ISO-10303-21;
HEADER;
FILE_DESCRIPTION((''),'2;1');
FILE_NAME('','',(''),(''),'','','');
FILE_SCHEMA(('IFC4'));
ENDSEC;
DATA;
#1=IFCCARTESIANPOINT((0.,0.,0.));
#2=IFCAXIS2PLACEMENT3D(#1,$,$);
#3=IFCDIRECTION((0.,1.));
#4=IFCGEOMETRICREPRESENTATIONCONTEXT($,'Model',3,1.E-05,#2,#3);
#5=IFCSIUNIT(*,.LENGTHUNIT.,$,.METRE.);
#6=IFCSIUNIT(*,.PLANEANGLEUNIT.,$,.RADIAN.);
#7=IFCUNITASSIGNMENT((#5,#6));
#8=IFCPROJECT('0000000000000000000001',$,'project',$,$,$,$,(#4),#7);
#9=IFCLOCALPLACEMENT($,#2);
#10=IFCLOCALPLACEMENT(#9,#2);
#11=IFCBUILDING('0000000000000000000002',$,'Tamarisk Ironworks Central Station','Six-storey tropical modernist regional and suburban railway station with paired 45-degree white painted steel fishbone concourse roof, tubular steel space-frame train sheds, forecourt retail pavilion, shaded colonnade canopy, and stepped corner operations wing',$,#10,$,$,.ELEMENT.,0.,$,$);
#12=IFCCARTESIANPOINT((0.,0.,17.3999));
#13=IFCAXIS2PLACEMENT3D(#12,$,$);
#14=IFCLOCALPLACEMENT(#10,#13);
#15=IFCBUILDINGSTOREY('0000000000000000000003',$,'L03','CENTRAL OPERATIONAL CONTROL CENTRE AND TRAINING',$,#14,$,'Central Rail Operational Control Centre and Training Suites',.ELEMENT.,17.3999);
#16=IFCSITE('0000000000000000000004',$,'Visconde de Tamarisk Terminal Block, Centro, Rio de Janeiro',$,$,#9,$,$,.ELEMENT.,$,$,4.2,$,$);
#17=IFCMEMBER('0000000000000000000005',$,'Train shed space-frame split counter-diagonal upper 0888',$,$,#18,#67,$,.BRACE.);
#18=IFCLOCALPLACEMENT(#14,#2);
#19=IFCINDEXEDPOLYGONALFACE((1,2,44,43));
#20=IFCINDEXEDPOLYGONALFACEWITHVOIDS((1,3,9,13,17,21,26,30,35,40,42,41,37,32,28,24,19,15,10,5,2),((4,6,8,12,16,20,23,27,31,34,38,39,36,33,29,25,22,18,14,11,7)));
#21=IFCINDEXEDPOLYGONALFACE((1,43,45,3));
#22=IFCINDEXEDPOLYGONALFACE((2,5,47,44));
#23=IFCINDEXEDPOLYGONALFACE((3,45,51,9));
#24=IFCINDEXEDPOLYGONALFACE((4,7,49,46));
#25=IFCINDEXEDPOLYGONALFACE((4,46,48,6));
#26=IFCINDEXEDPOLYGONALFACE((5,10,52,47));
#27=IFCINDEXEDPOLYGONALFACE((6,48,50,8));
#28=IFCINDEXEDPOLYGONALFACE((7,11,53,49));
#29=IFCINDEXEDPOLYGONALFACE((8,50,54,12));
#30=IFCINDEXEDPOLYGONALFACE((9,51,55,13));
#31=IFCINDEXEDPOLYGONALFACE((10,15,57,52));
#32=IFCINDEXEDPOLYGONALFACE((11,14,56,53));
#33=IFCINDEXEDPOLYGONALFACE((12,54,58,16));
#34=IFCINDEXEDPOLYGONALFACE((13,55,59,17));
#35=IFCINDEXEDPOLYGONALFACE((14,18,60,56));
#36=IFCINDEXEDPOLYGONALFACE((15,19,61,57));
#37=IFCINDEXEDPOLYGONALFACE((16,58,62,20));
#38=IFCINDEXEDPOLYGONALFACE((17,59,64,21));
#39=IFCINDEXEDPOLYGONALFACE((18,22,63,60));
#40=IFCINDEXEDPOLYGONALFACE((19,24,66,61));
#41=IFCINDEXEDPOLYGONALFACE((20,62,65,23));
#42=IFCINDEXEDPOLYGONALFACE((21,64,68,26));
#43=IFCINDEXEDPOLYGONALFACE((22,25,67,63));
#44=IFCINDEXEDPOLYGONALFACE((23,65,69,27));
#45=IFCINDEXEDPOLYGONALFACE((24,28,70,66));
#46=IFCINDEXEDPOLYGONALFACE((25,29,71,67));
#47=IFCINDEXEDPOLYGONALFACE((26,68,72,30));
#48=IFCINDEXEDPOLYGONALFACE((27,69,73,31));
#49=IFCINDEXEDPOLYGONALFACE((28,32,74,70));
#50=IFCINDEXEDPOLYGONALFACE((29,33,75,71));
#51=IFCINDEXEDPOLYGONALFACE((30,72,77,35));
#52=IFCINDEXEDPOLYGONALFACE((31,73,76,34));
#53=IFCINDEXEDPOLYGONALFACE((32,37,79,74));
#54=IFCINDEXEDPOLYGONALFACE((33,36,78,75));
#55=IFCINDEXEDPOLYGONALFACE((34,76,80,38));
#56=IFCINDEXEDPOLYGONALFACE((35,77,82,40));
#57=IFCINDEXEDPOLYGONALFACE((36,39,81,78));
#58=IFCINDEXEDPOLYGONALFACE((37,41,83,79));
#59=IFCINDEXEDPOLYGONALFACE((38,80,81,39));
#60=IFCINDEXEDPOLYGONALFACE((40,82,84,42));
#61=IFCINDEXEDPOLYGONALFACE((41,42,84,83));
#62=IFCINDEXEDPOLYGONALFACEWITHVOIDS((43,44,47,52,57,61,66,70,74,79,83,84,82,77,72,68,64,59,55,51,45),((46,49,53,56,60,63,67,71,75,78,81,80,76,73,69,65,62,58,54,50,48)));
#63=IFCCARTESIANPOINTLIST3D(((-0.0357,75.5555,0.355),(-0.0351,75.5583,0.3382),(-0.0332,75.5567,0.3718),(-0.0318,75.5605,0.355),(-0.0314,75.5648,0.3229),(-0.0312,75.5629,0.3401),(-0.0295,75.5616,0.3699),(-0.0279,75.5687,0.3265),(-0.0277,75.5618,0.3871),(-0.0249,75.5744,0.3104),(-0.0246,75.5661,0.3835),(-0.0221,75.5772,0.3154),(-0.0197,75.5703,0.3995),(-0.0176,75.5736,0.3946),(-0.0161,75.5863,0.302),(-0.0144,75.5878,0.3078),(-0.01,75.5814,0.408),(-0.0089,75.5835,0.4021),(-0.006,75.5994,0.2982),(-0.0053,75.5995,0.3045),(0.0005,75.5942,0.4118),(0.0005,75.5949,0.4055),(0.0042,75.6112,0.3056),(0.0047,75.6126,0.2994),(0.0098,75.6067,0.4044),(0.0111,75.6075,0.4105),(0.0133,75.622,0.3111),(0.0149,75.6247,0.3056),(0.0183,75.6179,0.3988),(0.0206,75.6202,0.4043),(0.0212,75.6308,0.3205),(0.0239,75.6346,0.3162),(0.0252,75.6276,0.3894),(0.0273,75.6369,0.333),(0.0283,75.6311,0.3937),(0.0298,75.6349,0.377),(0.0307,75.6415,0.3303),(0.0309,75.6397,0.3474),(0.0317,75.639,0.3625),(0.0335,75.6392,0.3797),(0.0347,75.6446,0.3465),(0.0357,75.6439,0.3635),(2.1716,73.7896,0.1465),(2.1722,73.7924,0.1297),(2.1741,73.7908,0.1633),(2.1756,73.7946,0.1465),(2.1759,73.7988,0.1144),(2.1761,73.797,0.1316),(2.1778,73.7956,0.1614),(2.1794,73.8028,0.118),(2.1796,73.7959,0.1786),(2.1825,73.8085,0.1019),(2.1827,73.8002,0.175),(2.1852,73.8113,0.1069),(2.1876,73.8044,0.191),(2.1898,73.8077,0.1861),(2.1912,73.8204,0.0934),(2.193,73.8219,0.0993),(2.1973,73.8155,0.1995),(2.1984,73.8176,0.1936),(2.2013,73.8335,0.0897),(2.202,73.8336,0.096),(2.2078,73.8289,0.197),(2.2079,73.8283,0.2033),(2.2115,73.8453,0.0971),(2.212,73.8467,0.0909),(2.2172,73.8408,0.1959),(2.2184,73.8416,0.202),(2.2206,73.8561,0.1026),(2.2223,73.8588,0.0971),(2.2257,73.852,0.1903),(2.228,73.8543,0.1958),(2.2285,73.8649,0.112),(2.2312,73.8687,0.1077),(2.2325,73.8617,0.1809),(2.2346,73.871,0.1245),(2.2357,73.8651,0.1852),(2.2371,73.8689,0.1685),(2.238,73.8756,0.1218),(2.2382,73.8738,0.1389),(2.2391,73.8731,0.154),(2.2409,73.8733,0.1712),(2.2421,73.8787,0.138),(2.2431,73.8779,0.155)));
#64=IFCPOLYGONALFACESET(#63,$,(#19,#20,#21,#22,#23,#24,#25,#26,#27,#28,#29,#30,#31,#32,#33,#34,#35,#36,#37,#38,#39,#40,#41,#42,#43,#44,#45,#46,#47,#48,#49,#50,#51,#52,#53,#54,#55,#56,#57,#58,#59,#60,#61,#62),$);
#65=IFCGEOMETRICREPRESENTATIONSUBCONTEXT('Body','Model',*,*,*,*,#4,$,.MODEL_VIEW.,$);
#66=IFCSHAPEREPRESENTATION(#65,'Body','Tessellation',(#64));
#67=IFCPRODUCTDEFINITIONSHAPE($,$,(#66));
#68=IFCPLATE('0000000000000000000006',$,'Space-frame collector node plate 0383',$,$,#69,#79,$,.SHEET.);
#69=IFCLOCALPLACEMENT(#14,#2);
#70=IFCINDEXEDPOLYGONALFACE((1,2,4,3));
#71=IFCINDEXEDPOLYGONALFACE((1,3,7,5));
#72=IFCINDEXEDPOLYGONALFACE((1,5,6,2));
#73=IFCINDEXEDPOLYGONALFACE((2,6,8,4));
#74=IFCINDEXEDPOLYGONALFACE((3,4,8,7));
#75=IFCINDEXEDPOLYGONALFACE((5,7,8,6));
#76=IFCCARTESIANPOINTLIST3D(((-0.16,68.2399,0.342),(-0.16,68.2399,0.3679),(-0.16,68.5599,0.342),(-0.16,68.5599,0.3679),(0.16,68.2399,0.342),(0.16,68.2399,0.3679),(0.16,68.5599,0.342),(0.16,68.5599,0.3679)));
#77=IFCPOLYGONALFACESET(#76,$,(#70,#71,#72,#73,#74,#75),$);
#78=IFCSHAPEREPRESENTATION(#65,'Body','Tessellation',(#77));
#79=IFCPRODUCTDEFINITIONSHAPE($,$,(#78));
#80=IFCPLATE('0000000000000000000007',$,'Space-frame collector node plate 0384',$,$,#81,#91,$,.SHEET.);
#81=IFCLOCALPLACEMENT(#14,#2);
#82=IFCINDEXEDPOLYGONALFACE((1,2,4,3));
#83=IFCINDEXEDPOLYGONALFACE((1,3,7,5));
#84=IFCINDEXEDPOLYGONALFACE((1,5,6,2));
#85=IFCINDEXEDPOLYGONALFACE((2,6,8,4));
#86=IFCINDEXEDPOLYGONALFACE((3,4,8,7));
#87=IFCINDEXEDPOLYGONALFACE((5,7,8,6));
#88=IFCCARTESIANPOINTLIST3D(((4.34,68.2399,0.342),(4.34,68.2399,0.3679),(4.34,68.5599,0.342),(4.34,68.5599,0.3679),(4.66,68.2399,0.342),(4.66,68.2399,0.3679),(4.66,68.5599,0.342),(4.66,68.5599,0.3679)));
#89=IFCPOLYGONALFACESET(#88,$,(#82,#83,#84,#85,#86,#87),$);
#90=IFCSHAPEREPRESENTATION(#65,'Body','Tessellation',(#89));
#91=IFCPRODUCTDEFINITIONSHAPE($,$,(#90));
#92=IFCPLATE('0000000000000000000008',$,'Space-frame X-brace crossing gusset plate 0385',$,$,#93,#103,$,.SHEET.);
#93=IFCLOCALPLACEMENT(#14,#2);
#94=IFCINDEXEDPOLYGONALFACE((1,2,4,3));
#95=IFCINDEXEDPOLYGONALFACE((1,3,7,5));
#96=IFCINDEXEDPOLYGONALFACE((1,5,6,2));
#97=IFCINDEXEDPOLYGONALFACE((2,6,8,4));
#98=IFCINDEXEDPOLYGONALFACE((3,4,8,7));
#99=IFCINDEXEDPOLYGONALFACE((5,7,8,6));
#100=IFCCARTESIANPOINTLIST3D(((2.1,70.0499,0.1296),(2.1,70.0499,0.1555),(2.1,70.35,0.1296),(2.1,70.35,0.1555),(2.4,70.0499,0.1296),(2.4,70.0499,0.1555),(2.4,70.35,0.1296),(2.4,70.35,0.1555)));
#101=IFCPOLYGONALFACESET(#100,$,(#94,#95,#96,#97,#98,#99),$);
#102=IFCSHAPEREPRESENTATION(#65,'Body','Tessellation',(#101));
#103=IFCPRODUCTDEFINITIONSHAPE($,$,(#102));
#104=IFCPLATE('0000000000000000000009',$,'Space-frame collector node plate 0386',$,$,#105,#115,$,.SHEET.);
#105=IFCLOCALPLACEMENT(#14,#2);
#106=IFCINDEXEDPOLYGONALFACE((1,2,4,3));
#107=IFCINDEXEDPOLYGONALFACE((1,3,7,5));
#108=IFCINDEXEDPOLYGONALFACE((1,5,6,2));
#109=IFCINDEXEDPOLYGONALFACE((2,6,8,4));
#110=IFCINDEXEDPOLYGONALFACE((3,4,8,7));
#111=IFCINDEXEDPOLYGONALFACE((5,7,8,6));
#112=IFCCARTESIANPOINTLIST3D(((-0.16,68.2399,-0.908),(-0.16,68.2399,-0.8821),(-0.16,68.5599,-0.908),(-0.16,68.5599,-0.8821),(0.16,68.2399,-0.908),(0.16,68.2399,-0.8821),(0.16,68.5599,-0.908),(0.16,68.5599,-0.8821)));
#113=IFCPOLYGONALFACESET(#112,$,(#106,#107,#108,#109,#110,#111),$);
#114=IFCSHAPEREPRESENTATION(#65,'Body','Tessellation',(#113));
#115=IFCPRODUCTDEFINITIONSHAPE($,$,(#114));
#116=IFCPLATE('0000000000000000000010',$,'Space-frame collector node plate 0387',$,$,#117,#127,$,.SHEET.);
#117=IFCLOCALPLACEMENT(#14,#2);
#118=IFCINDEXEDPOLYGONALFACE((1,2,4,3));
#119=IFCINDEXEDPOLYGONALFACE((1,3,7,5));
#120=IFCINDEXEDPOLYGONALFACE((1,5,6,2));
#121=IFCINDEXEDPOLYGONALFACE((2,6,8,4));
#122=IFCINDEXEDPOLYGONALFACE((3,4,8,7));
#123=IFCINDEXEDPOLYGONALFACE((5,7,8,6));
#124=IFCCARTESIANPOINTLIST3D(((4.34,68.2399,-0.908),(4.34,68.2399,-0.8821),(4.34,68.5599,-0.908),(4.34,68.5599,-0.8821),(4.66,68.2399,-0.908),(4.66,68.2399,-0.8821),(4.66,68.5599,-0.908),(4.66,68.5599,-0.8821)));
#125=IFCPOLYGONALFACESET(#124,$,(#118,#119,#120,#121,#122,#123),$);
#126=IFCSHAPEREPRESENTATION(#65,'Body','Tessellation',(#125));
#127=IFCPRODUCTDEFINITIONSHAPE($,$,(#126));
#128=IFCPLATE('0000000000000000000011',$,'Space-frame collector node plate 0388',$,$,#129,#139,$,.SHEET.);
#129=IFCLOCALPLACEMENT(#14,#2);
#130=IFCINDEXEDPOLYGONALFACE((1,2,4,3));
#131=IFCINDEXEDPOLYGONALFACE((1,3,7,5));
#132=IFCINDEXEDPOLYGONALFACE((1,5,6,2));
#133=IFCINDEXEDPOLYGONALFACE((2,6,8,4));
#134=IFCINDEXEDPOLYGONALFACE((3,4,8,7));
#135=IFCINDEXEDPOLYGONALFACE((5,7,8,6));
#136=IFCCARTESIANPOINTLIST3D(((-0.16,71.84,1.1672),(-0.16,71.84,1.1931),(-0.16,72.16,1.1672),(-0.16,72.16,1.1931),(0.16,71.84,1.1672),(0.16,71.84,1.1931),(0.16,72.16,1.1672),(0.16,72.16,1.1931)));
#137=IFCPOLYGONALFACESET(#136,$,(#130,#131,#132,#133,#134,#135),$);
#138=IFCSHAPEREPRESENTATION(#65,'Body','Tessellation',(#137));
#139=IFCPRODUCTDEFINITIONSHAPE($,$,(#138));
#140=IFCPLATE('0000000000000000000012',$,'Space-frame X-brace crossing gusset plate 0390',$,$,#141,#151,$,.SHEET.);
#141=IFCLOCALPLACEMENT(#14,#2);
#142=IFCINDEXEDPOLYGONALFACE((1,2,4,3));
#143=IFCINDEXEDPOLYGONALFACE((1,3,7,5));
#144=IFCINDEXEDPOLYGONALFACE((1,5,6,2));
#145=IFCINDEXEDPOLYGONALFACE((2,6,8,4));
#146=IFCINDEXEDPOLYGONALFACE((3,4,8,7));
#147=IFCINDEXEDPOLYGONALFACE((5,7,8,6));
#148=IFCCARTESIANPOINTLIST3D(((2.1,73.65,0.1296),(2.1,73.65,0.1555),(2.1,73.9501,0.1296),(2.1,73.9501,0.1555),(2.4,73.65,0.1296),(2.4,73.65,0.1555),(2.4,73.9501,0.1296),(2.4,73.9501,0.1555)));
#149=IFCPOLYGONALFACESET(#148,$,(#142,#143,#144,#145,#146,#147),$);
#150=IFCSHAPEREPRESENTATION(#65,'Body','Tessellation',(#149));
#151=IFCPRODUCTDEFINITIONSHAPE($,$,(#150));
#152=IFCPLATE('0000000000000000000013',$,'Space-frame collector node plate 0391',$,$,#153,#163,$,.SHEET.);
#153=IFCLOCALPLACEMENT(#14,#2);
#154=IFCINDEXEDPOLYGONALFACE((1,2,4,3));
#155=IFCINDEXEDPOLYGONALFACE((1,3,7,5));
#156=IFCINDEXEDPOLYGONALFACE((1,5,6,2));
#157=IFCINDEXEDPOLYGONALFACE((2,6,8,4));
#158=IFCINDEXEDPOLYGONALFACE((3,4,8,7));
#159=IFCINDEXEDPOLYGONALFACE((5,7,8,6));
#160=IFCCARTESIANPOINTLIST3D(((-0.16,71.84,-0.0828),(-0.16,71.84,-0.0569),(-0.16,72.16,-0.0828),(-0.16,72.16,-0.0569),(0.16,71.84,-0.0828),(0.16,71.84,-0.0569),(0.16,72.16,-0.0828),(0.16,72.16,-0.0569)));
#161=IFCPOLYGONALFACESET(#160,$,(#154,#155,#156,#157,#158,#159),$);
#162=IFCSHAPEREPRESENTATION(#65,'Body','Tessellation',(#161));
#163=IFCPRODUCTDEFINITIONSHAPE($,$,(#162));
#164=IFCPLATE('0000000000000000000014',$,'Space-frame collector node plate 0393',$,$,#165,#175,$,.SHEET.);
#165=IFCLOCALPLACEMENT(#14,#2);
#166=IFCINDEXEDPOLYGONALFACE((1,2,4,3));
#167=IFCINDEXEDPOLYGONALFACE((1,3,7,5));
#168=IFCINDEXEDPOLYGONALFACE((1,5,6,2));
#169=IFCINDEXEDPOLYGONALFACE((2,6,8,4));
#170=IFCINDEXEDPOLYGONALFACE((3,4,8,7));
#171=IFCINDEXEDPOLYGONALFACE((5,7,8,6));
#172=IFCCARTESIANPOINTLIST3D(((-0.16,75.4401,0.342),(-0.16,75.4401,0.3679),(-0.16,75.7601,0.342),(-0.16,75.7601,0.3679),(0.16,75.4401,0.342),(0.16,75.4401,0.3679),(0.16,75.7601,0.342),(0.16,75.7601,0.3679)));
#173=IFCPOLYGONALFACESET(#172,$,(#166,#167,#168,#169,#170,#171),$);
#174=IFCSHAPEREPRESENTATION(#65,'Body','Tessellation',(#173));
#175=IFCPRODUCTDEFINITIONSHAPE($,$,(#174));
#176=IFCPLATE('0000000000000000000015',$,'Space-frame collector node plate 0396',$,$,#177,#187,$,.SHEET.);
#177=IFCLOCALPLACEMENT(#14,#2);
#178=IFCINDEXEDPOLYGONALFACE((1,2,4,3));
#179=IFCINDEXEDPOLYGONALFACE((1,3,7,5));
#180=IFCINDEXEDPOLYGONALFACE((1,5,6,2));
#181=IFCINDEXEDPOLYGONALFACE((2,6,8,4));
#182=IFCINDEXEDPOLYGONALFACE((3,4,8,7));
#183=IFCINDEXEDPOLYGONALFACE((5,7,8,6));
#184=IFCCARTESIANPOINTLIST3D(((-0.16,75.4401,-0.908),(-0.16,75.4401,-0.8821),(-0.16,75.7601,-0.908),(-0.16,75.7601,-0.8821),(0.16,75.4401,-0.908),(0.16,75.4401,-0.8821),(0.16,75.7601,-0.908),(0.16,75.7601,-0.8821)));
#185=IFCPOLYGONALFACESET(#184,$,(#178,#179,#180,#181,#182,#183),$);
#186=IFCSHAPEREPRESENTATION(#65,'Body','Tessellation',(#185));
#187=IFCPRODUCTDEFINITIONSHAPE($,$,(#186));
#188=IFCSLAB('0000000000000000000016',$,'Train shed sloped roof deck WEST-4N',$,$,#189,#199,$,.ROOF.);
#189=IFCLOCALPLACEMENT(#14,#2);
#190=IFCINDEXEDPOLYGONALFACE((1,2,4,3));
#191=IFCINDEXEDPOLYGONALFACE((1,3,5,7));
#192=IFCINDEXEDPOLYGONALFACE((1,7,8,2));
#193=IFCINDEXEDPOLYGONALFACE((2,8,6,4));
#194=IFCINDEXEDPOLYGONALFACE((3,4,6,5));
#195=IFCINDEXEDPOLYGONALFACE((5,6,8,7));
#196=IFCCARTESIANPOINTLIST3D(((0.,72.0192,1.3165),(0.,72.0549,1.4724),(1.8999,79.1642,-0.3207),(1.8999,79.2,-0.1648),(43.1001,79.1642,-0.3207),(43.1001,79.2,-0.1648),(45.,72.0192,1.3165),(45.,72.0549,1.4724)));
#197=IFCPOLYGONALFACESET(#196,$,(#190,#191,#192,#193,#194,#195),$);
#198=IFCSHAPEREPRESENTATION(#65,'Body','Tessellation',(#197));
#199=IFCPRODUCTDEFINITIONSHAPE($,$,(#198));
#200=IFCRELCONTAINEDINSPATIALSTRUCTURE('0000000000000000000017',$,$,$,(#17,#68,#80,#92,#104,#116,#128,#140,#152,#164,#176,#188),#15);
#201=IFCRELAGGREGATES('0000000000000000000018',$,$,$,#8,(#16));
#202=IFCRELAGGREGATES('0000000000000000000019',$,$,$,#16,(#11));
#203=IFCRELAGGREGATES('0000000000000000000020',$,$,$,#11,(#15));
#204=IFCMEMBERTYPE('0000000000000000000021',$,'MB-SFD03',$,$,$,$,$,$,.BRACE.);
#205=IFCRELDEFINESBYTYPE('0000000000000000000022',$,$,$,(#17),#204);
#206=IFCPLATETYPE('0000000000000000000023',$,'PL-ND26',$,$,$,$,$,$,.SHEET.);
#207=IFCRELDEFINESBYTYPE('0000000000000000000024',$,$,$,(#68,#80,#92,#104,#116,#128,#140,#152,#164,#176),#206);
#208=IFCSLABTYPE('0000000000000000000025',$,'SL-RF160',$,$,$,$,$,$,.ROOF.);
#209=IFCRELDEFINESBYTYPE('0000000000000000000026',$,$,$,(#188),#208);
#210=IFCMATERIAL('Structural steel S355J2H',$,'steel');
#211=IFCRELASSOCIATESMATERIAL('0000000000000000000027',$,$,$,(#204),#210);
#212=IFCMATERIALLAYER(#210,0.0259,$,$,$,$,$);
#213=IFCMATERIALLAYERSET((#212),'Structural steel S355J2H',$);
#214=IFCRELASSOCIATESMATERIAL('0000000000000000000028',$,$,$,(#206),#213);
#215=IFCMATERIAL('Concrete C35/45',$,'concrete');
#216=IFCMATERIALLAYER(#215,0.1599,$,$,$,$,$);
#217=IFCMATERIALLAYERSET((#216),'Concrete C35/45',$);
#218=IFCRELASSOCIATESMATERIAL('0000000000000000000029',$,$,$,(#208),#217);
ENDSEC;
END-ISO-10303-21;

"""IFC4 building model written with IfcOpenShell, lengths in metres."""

from ifc_helpers import new_model, si_unit, direction, frame, origin, origin_2d, place, context, subcontext, project, spatial, polyline, rectangle, hollow_circle, outline, extrude, material, layer, layer_set, material_profile, profile_set, type_object, element, save


model = new_model("IFC4")

# Units and contexts
model_context = context("Model", 3, precision=1e-05, world=origin(), true_north=direction((0.0, 1.0)))
body_context = subcontext(model_context, "Body", "Model", "MODEL_VIEW")
ifc_project = project(units=[si_unit("LENGTHUNIT", "METRE"), si_unit("PLANEANGLEUNIT", "RADIAN")], contexts=[model_context])

# Site, building, storey
site_placement = place(None, origin())
site = spatial("IfcSite", under=ifc_project, at=site_placement, Name="Visconde de Tamarisk Terminal Block, Centro, Rio de Janeiro", CompositionType="ELEMENT", RefElevation=4.2)
building_placement = place(site_placement, origin())
building = spatial("IfcBuilding", under=site, at=building_placement, Name="Tamarisk Ironworks Central Station", Description="Six-storey tropical modernist regional and suburban railway station with paired 45-degree white painted steel fishbone concourse roof, tubular steel space-frame train sheds, forecourt retail pavilion, shaded colonnade canopy, and stepped corner operations wing", CompositionType="ELEMENT", ElevationOfRefHeight=0.0)
storey_placement = place(building_placement, frame((0.0, 0.0, 17.3999)))
storey = spatial("IfcBuildingStorey", under=building, at=storey_placement, Name="L03", Description="CENTRAL OPERATIONAL CONTROL CENTRE AND TRAINING", LongName="Central Rail Operational Control Centre and Training Suites", CompositionType="ELEMENT", Elevation=17.3999)

# Member
ifc_material_1 = material(Name="Structural steel S355J2H", Category="steel")
ifc_material_profile_1 = material_profile(ifc_material_1, hollow_circle(Radius=0.0571, WallThickness=0.0063, at=origin_2d()), Name="CHS 114.3x6.3")
ifc_profile_set_1 = profile_set([ifc_material_profile_1], Name="Structural steel S355J2H")
member_type_1 = type_object("IfcMemberType", Name="MB-SFD03", PredefinedType="BRACE", material=ifc_profile_set_1)
member_1_placement = place(storey_placement, frame((2.2073, 73.8342, 0.1465), z_axis=(-0.778745, 0.623013, 0.073559), x_axis=(-0.624706, -0.78086, 0.0)))
element("IfcMember", 1, at=member_1_placement, inside=storey, type_object=member_type_1, Name="Train shed space-frame split counter-diagonal upper 0888", PredefinedType="BRACE", context=body_context, shape_type="SweptSolid", body=[
    extrude(hollow_circle(Radius=0.0571, WallThickness=0.0063, at=origin_2d()), origin(), (0.0, 0.0, 1.0), 2.8345),
])

# Plates
ifc_layer_1 = layer(ifc_material_1, 0.0259)
ifc_layer_set_1 = layer_set([ifc_layer_1], Name="Structural steel S355J2H")
plate_type = type_object("IfcPlateType", Name="PL-ND26", PredefinedType="SHEET", material=ifc_layer_set_1)
for number, where, z_axis, x_axis, name in (
    (2, (0.0, 68.3999, 0.342), (0.0, 0.0, 1.0), (1.0, 0.0, 0.0), "Space-frame collector node plate 0383"),
    (3, (4.5, 68.3999, 0.342), (0.0, 0.0, 1.0), (1.0, 0.0, 0.0), "Space-frame collector node plate 0384"),
):
    element("IfcPlate", number, at=place(storey_placement, frame(where, z_axis=z_axis, x_axis=x_axis)), inside=storey, type_object=plate_type, Name=name, PredefinedType="SHEET", context=body_context, shape_type="SweptSolid", body=[
        extrude(rectangle(XDim=0.3201, YDim=0.3201, at=origin_2d()), origin(), (0.0, 0.0, 1.0), 0.0259),
    ])
plate_1_placement = place(storey_placement, frame((2.25, 70.2, 0.1296), z_axis=(0.0, 0.0, 1.0), x_axis=(1.0, 0.0, 0.0)))
element("IfcPlate", 4, at=plate_1_placement, inside=storey, type_object=plate_type, Name="Space-frame X-brace crossing gusset plate 0385", PredefinedType="SHEET", context=body_context, shape_type="SweptSolid", body=[
    extrude(rectangle(XDim=0.3, YDim=0.3, at=origin_2d()), origin(), (0.0, 0.0, 1.0), 0.0259),
])
for number, where, z_axis, x_axis, name in (
    (5, (0.0, 68.3999, -0.908), (0.0, 0.0, 1.0), (1.0, 0.0, 0.0), "Space-frame collector node plate 0386"),
    (6, (4.5, 68.3999, -0.908), (0.0, 0.0, 1.0), (1.0, 0.0, 0.0), "Space-frame collector node plate 0387"),
    (7, (0.0, 72.0, 1.1672), (0.0, 0.0, 1.0), (1.0, 0.0, 0.0), "Space-frame collector node plate 0388"),
):
    element("IfcPlate", number, at=place(storey_placement, frame(where, z_axis=z_axis, x_axis=x_axis)), inside=storey, type_object=plate_type, Name=name, PredefinedType="SHEET", context=body_context, shape_type="SweptSolid", body=[
        extrude(rectangle(XDim=0.3201, YDim=0.3201, at=origin_2d()), origin(), (0.0, 0.0, 1.0), 0.0259),
    ])
plate_2_placement = place(storey_placement, frame((2.25, 73.8, 0.1296), z_axis=(0.0, 0.0, 1.0), x_axis=(1.0, 0.0, 0.0)))
element("IfcPlate", 8, at=plate_2_placement, inside=storey, type_object=plate_type, Name="Space-frame X-brace crossing gusset plate 0390", PredefinedType="SHEET", context=body_context, shape_type="SweptSolid", body=[
    extrude(rectangle(XDim=0.3, YDim=0.3, at=origin_2d()), origin(), (0.0, 0.0, 1.0), 0.0259),
])
for number, where, z_axis, x_axis, name in (
    (9, (0.0, 72.0, -0.0828), (0.0, 0.0, 1.0), (1.0, 0.0, 0.0), "Space-frame collector node plate 0391"),
    (10, (0.0, 75.6001, 0.342), (0.0, 0.0, 1.0), (1.0, 0.0, 0.0), "Space-frame collector node plate 0393"),
    (11, (0.0, 75.6001, -0.908), (0.0, 0.0, 1.0), (1.0, 0.0, 0.0), "Space-frame collector node plate 0396"),
):
    element("IfcPlate", number, at=place(storey_placement, frame(where, z_axis=z_axis, x_axis=x_axis)), inside=storey, type_object=plate_type, Name=name, PredefinedType="SHEET", context=body_context, shape_type="SweptSolid", body=[
        extrude(rectangle(XDim=0.3201, YDim=0.3201, at=origin_2d()), origin(), (0.0, 0.0, 1.0), 0.0259),
    ])

# Slab
ifc_material_2 = material(Name="Concrete C35/45", Category="concrete")
ifc_layer_2 = layer(ifc_material_2, 0.1599)
ifc_layer_set_2 = layer_set([ifc_layer_2], Name="Concrete C35/45")
slab_type = type_object("IfcSlabType", Name="SL-RF160", PredefinedType="ROOF", material=ifc_layer_set_2)
slab_placement = place(storey_placement, frame((0.0, 72.0549, 1.4724), z_axis=(0.0, 0.223351, 0.974738), x_axis=(1.0, 0.0, 0.0)))
element("IfcSlab", 12, at=slab_placement, inside=storey, type_object=slab_type, Name="Train shed sloped roof deck WEST-4N", PredefinedType="ROOF", context=body_context, shape_type="SweptSolid", body=[
    extrude(outline(polyline([(0.0, 0.0), (45.0, 0.0), (43.1001, 7.3302), (1.8999, 7.3302), (0.0, 0.0)])), origin(), (0.0, 0.0, -1.0), 0.1599),
])

save(model, "model.ifc")
